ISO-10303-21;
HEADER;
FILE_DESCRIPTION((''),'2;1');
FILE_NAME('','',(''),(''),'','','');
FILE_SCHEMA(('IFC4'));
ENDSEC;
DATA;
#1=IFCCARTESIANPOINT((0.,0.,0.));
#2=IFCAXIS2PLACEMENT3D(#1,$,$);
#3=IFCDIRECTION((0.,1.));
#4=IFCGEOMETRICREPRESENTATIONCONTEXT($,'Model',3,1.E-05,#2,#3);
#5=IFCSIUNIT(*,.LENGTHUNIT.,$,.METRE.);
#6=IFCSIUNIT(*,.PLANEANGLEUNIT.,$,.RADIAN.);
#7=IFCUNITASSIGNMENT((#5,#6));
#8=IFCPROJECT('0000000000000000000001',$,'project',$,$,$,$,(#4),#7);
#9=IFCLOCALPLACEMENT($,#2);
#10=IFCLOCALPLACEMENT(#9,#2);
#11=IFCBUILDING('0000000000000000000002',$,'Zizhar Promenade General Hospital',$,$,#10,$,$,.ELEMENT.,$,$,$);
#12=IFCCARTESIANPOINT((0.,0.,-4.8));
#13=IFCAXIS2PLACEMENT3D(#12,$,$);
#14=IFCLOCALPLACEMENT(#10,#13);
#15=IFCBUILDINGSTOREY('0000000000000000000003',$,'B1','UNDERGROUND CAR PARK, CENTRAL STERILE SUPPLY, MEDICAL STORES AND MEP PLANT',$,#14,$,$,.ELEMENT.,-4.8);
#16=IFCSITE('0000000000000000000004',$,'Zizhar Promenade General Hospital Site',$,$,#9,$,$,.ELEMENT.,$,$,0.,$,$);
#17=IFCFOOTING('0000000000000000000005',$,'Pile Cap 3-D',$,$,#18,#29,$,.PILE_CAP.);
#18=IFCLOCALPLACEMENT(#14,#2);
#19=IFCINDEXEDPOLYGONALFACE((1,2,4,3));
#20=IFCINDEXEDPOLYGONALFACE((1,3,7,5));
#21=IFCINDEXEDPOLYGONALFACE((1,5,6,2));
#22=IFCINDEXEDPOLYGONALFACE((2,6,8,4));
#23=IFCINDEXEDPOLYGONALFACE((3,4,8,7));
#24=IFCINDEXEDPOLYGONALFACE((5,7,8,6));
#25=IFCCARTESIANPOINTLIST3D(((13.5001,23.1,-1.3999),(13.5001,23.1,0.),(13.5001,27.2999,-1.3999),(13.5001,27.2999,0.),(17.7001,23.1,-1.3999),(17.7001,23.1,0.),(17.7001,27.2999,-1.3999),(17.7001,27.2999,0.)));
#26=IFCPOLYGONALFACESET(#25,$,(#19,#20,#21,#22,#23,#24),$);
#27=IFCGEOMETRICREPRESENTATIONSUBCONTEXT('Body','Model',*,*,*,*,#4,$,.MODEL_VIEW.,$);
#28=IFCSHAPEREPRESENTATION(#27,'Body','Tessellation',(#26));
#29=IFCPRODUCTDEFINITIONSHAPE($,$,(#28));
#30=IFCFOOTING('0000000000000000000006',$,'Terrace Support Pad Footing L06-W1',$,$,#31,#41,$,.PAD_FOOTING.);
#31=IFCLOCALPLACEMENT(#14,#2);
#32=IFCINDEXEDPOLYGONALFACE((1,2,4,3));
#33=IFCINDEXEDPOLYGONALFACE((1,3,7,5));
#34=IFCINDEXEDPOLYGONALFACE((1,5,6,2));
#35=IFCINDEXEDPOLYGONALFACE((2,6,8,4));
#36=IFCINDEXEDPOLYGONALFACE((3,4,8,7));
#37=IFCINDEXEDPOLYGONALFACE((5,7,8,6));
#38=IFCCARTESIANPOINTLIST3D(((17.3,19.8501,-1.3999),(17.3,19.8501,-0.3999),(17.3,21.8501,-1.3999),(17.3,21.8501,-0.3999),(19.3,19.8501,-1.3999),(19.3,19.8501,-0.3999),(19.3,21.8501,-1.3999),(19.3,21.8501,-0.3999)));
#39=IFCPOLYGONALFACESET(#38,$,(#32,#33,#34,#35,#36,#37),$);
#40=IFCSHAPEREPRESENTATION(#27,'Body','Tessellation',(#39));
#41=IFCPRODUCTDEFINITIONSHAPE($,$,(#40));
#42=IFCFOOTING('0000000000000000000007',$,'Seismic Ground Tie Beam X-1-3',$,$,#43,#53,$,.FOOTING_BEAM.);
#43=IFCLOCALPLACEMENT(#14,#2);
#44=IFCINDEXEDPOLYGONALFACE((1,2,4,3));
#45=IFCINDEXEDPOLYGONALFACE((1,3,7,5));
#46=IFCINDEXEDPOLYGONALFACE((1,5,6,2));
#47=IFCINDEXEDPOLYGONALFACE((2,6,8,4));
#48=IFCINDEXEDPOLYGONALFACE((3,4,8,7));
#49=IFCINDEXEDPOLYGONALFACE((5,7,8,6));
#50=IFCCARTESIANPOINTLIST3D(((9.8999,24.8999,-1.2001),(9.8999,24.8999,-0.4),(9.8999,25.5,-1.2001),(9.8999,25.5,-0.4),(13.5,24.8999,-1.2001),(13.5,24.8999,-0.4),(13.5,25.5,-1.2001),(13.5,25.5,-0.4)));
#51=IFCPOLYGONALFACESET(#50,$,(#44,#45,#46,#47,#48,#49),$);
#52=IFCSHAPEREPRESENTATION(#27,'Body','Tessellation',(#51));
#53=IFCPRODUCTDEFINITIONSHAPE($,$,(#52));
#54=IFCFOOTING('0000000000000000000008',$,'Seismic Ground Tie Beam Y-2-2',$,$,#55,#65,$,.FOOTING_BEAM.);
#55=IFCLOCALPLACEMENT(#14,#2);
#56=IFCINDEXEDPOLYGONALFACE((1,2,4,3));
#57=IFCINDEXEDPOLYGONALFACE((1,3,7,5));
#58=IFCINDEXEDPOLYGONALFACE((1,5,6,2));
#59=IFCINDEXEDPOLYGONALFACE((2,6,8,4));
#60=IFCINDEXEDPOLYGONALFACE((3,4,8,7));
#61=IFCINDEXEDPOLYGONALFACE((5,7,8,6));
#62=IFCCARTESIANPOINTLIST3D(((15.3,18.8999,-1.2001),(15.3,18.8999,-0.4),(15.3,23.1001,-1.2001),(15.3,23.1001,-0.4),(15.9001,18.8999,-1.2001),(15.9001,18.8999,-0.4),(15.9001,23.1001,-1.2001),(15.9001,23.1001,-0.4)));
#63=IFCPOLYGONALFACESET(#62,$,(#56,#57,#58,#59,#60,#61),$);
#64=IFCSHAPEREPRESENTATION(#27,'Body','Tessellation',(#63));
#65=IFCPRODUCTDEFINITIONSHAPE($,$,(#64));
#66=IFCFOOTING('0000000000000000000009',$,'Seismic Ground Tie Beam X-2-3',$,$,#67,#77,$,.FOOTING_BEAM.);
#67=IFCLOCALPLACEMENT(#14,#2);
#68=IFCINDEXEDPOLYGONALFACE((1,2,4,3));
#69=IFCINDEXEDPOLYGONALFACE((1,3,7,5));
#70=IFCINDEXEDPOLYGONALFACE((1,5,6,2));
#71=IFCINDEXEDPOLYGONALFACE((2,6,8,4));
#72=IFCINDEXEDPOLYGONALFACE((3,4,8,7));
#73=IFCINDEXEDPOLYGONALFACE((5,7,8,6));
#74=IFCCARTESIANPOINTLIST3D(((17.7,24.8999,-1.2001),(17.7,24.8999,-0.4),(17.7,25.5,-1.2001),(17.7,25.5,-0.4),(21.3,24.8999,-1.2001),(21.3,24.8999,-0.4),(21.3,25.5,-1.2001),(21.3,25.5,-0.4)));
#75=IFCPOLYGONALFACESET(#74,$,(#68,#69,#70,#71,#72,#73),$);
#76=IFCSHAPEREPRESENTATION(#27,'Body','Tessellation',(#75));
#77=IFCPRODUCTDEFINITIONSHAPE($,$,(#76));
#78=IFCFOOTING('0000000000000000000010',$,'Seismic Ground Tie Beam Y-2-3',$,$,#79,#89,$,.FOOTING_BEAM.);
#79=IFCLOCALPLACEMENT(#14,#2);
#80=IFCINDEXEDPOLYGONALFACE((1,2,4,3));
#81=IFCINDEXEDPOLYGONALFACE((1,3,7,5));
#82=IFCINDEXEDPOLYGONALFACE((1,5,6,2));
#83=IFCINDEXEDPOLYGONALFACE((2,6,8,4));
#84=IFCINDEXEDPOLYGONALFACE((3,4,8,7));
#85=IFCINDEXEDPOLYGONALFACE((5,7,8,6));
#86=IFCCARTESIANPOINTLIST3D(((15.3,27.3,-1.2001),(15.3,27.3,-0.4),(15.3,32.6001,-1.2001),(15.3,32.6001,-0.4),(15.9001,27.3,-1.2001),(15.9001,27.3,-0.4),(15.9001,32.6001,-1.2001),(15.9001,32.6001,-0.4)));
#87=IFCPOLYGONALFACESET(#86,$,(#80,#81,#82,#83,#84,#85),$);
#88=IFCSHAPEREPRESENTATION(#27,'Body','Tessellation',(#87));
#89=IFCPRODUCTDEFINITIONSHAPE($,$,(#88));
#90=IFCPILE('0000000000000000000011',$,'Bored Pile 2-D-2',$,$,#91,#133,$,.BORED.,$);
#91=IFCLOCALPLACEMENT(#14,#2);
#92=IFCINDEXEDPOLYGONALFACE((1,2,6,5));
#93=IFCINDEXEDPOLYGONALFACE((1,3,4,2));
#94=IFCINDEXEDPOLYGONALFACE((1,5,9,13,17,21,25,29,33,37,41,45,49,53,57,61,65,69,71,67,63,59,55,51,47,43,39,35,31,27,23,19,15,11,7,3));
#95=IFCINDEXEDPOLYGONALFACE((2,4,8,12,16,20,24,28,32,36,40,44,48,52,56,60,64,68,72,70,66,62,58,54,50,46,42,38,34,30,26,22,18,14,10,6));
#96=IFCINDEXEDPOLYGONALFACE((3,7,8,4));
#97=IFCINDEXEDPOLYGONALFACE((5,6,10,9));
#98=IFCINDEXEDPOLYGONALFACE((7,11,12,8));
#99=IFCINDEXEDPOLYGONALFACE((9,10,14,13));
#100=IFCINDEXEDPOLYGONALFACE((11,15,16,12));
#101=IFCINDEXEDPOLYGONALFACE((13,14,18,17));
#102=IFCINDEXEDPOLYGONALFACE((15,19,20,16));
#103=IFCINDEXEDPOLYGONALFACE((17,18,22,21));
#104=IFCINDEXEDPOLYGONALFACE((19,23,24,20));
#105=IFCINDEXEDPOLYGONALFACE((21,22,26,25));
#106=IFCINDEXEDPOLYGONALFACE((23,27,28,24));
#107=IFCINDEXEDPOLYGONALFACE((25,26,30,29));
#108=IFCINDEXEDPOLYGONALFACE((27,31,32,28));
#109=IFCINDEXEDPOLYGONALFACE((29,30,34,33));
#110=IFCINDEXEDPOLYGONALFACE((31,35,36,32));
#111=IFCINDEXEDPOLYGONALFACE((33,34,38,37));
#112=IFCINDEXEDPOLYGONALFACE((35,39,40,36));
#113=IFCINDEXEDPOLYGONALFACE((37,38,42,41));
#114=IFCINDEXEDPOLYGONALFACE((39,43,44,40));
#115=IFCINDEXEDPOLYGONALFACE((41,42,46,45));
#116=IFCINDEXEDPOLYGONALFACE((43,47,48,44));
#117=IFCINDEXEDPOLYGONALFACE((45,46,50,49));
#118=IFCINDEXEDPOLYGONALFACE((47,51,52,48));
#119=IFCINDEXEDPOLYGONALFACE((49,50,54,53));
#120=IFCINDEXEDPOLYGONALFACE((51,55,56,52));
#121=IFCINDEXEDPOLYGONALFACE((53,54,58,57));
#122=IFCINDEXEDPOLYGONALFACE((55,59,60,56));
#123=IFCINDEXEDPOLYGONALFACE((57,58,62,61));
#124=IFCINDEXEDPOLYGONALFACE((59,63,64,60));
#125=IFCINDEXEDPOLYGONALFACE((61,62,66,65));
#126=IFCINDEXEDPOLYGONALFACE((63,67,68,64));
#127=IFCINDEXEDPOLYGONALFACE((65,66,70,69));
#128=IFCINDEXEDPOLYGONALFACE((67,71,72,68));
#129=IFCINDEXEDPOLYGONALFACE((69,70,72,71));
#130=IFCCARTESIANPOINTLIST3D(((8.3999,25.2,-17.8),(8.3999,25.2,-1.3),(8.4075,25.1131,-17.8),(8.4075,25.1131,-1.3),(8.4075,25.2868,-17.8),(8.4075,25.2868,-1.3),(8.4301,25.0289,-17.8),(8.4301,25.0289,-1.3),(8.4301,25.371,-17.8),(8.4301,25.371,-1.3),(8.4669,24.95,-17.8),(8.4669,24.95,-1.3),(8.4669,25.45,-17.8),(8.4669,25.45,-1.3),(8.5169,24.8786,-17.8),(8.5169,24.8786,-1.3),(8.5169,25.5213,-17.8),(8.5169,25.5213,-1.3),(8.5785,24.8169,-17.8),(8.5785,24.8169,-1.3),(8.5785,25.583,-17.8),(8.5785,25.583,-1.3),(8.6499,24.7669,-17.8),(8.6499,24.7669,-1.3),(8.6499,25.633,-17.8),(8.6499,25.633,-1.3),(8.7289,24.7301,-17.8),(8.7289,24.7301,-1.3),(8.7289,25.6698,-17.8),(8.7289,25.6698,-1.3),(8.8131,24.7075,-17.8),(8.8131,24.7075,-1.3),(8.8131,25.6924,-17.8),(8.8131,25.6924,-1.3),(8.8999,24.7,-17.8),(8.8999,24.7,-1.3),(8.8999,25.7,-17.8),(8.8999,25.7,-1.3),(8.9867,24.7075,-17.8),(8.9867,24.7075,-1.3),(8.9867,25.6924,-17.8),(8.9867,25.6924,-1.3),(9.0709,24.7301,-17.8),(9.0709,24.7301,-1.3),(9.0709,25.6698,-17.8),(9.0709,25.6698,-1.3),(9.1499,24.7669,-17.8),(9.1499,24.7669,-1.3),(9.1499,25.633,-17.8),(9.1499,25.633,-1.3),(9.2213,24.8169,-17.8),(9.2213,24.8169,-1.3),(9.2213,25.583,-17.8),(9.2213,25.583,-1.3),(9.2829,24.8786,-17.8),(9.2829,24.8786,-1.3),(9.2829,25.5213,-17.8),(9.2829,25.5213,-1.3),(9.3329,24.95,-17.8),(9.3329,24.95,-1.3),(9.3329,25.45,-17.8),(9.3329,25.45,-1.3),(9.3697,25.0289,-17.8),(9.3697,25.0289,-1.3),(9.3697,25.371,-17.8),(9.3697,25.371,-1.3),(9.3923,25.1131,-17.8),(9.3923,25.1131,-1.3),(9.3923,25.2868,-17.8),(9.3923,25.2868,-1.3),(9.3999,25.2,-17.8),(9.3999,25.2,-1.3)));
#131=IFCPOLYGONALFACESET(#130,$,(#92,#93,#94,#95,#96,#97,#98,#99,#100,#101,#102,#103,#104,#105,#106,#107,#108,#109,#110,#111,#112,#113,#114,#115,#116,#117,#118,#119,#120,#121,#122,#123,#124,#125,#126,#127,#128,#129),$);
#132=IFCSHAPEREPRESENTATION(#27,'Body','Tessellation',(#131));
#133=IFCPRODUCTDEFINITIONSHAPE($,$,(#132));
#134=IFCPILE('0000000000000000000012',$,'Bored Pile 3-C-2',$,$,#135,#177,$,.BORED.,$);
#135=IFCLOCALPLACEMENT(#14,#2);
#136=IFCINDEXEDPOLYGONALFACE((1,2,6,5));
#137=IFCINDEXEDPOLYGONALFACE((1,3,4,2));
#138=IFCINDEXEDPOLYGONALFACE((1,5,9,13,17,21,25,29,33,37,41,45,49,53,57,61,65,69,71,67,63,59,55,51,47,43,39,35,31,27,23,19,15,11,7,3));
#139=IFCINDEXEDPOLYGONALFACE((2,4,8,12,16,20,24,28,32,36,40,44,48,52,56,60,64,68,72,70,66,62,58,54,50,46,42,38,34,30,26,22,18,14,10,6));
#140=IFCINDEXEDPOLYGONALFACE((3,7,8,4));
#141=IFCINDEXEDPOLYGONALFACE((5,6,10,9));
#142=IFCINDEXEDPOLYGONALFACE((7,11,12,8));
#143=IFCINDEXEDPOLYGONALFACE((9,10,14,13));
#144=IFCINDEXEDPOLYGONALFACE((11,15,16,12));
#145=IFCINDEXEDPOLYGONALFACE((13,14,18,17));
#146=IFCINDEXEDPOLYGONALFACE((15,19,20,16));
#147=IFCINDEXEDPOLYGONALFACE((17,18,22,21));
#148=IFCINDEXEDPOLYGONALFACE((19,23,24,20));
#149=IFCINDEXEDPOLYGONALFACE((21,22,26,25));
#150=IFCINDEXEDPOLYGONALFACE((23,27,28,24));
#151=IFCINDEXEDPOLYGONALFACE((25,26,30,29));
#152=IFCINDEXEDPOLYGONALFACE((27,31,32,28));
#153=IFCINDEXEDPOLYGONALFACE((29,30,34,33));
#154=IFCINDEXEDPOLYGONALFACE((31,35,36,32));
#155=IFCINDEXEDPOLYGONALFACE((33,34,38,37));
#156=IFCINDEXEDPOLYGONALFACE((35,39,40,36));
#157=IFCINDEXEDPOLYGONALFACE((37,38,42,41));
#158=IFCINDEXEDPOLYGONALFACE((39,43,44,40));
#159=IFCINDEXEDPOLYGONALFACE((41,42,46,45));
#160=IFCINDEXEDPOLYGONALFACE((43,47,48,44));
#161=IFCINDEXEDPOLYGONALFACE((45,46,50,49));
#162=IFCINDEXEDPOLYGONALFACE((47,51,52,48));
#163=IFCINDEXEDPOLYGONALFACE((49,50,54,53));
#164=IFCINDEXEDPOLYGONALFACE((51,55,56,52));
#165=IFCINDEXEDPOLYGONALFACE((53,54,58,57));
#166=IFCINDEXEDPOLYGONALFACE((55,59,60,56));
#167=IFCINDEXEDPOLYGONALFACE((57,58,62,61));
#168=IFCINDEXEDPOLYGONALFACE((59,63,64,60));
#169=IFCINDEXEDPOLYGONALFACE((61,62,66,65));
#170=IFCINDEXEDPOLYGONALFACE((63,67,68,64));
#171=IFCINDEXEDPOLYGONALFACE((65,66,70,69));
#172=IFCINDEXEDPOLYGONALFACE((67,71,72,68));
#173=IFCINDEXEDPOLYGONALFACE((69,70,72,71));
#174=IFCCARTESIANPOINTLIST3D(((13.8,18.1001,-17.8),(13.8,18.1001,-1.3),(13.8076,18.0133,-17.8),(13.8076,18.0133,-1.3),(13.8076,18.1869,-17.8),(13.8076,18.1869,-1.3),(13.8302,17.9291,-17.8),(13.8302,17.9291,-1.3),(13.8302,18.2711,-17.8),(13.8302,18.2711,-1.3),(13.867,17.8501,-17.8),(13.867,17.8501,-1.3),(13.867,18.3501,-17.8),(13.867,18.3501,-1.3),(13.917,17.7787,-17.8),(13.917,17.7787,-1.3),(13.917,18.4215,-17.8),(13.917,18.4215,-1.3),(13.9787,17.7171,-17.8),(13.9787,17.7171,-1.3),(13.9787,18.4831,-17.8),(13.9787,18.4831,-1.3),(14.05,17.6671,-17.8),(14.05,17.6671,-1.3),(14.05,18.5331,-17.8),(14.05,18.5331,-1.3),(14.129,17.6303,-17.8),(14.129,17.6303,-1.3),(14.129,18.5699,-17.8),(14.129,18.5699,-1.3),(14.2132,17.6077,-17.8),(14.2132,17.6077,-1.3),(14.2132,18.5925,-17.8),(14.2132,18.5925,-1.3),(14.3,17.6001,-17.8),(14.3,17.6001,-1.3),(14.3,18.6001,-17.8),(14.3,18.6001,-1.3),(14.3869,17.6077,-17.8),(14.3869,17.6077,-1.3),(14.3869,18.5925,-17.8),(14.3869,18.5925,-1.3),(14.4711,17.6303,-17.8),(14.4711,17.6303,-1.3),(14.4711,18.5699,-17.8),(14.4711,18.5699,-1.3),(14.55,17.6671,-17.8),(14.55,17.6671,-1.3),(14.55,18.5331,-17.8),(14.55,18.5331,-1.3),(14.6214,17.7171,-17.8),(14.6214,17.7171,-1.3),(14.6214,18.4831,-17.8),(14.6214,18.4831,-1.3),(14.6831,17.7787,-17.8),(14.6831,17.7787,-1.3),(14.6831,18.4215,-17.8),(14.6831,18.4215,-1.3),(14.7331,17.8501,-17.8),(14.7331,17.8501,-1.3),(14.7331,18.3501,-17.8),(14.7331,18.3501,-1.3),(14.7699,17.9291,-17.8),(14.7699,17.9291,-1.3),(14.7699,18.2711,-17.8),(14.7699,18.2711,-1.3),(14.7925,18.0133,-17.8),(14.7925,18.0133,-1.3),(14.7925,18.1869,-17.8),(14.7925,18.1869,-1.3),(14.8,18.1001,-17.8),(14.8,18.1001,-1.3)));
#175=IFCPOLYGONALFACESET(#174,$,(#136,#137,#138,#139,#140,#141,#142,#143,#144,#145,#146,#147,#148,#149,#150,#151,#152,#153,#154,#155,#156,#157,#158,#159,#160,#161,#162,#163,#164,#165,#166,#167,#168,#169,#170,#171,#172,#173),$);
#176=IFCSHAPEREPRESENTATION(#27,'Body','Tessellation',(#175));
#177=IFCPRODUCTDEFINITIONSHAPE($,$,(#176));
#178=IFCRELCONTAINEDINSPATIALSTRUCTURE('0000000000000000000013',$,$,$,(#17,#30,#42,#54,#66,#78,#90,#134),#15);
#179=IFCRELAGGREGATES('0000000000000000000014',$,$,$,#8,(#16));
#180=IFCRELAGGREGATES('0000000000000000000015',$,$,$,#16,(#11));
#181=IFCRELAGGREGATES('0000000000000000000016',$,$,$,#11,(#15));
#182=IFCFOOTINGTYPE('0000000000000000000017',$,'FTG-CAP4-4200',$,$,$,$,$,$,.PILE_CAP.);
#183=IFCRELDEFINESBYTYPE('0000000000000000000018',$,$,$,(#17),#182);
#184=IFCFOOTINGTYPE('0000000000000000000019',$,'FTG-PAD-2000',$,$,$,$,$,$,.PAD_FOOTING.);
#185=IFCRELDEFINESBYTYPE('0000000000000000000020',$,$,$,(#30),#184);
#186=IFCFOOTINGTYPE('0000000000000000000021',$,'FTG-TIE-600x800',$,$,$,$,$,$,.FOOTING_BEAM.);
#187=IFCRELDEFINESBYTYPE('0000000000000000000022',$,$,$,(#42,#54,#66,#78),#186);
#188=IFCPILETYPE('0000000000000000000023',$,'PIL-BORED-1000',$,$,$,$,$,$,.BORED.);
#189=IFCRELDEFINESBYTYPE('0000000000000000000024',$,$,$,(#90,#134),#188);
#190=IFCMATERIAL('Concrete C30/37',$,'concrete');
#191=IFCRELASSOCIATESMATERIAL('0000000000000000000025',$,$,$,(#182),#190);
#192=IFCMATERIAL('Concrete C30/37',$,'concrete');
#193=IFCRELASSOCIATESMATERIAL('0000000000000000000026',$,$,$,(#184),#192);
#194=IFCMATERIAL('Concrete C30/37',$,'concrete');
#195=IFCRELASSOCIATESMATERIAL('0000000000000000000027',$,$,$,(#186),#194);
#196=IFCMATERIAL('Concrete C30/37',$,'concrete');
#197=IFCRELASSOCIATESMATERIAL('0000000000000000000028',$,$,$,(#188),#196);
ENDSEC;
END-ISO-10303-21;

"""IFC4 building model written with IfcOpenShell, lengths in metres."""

from ifc_helpers import new_model, si_unit, direction, frame, origin, origin_2d, place, context, subcontext, project, spatial, rectangle, circle, extrude, material, material_profile, profile_set, type_object, element, save


model = new_model("IFC4")

# Units and contexts
model_context = context("Model", 3, precision=1e-05, world=origin(), true_north=direction((0.0, 1.0)))
body_context = subcontext(model_context, "Body", "Model", "MODEL_VIEW")
ifc_project = project(units=[si_unit("LENGTHUNIT", "METRE"), si_unit("PLANEANGLEUNIT", "RADIAN")], contexts=[model_context])

# Site, building, storey
site_placement = place(None, origin())
site = spatial("IfcSite", under=ifc_project, at=site_placement, Name="Zizhar Promenade General Hospital Site", CompositionType="ELEMENT", RefElevation=0.0)
building_placement = place(site_placement, origin())
building = spatial("IfcBuilding", under=site, at=building_placement, Name="Zizhar Promenade General Hospital", CompositionType="ELEMENT")
storey_placement = place(building_placement, frame((0.0, 0.0, -4.8)))
storey = spatial("IfcBuildingStorey", under=building, at=storey_placement, Name="B1", Description="UNDERGROUND CAR PARK, CENTRAL STERILE SUPPLY, MEDICAL STORES AND MEP PLANT", CompositionType="ELEMENT", Elevation=-4.8)

# Footings
ifc_material_1 = material(Name="Concrete C30/37", Category="concrete")
footing_type_1 = type_object("IfcFootingType", Name="FTG-CAP4-4200", PredefinedType="PILE_CAP", material=ifc_material_1)
footing_1_placement = place(storey_placement, frame((15.6001, 25.2, -1.3999), z_axis=(0.0, 0.0, 1.0), x_axis=(1.0, 0.0, 0.0)))
element("IfcFooting", 1, at=footing_1_placement, inside=storey, type_object=footing_type_1, Name="Pile Cap 3-D", PredefinedType="PILE_CAP", context=body_context, shape_type="SweptSolid", body=[
    extrude(rectangle(XDim=4.2, YDim=4.2, at=origin_2d()), origin(), (0.0, 0.0, 1.0), 1.3999),
])
ifc_material_2 = material(Name="Concrete C30/37", Category="concrete")
footing_type_2 = type_object("IfcFootingType", Name="FTG-PAD-2000", PredefinedType="PAD_FOOTING", material=ifc_material_2)
footing_2_placement = place(storey_placement, frame((18.3, 20.8501, -1.3999), z_axis=(0.0, 0.0, 1.0), x_axis=(1.0, 0.0, 0.0)))
element("IfcFooting", 2, at=footing_2_placement, inside=storey, type_object=footing_type_2, Name="Terrace Support Pad Footing L06-W1", PredefinedType="PAD_FOOTING", context=body_context, shape_type="SweptSolid", body=[
    extrude(rectangle(XDim=2.0, YDim=2.0, at=origin_2d()), origin(), (0.0, 0.0, 1.0), 1.0),
])
ifc_material_3 = material(Name="Concrete C30/37", Category="concrete")
ifc_material_profile_1 = material_profile(ifc_material_3, rectangle(XDim=0.6001, YDim=0.8, at=origin_2d()))
ifc_profile_set_1 = profile_set([ifc_material_profile_1], Name="Concrete C30/37")
footing_type_3 = type_object("IfcFootingType", Name="FTG-TIE-600x800", PredefinedType="FOOTING_BEAM", material=ifc_profile_set_1)
footing_3_placement = place(storey_placement, frame((9.8999, 25.2, -0.8), z_axis=(1.0, 0.0, 0.0), x_axis=(0.0, 1.0, 0.0)))
element("IfcFooting", 3, at=footing_3_placement, inside=storey, type_object=footing_type_3, Name="Seismic Ground Tie Beam X-1-3", PredefinedType="FOOTING_BEAM", context=body_context, shape_type="SweptSolid", body=[
    extrude(rectangle(XDim=0.6001, YDim=0.8, at=origin_2d()), origin(), (0.0, 0.0, 1.0), 3.6001),
])
footing_4_placement = place(storey_placement, frame((15.6001, 18.8999, -0.8), z_axis=(0.0, 1.0, 0.0), x_axis=(-1.0, 0.0, 0.0)))
element("IfcFooting", 4, at=footing_4_placement, inside=storey, type_object=footing_type_3, Name="Seismic Ground Tie Beam Y-2-2", PredefinedType="FOOTING_BEAM", context=body_context, shape_type="SweptSolid", body=[
    extrude(rectangle(XDim=0.6001, YDim=0.8, at=origin_2d()), origin(), (0.0, 0.0, 1.0), 4.2002),
])
footing_5_placement = place(storey_placement, frame((17.7, 25.2, -0.8), z_axis=(1.0, 0.0, 0.0), x_axis=(0.0, 1.0, 0.0)))
element("IfcFooting", 5, at=footing_5_placement, inside=storey, type_object=footing_type_3, Name="Seismic Ground Tie Beam X-2-3", PredefinedType="FOOTING_BEAM", context=body_context, shape_type="SweptSolid", body=[
    extrude(rectangle(XDim=0.6001, YDim=0.8, at=origin_2d()), origin(), (0.0, 0.0, 1.0), 3.6001),
])
footing_6_placement = place(storey_placement, frame((15.6001, 27.3, -0.8), z_axis=(0.0, 1.0, 0.0), x_axis=(-1.0, 0.0, 0.0)))
element("IfcFooting", 6, at=footing_6_placement, inside=storey, type_object=footing_type_3, Name="Seismic Ground Tie Beam Y-2-3", PredefinedType="FOOTING_BEAM", context=body_context, shape_type="SweptSolid", body=[
    extrude(rectangle(XDim=0.6001, YDim=0.8, at=origin_2d()), origin(), (0.0, 0.0, 1.0), 5.3),
])

# Piles
ifc_material_4 = material(Name="Concrete C30/37", Category="concrete")
ifc_material_profile_2 = material_profile(ifc_material_4, circle(Radius=0.5, at=origin_2d()))
ifc_profile_set_2 = profile_set([ifc_material_profile_2], Name="Concrete C30/37")
pile_type = type_object("IfcPileType", Name="PIL-BORED-1000", PredefinedType="BORED", material=ifc_profile_set_2)
for number, where, z_axis, x_axis, name in (
    (7, (8.8999, 25.2, -1.3), (0.0, 0.0, -1.0), (1.0, 0.0, 0.0), "Bored Pile 2-D-2"),
    (8, (14.3, 18.1001, -1.3), (0.0, 0.0, -1.0), (1.0, 0.0, 0.0), "Bored Pile 3-C-2"),
):
    element("IfcPile", number, at=place(storey_placement, frame(where, z_axis=z_axis, x_axis=x_axis)), inside=storey, type_object=pile_type, Name=name, PredefinedType="BORED", context=body_context, shape_type="SweptSolid", body=[
        extrude(circle(Radius=0.5, at=origin_2d()), origin(), (0.0, 0.0, 1.0), 16.5),
    ])

save(model, "model.ifc")
